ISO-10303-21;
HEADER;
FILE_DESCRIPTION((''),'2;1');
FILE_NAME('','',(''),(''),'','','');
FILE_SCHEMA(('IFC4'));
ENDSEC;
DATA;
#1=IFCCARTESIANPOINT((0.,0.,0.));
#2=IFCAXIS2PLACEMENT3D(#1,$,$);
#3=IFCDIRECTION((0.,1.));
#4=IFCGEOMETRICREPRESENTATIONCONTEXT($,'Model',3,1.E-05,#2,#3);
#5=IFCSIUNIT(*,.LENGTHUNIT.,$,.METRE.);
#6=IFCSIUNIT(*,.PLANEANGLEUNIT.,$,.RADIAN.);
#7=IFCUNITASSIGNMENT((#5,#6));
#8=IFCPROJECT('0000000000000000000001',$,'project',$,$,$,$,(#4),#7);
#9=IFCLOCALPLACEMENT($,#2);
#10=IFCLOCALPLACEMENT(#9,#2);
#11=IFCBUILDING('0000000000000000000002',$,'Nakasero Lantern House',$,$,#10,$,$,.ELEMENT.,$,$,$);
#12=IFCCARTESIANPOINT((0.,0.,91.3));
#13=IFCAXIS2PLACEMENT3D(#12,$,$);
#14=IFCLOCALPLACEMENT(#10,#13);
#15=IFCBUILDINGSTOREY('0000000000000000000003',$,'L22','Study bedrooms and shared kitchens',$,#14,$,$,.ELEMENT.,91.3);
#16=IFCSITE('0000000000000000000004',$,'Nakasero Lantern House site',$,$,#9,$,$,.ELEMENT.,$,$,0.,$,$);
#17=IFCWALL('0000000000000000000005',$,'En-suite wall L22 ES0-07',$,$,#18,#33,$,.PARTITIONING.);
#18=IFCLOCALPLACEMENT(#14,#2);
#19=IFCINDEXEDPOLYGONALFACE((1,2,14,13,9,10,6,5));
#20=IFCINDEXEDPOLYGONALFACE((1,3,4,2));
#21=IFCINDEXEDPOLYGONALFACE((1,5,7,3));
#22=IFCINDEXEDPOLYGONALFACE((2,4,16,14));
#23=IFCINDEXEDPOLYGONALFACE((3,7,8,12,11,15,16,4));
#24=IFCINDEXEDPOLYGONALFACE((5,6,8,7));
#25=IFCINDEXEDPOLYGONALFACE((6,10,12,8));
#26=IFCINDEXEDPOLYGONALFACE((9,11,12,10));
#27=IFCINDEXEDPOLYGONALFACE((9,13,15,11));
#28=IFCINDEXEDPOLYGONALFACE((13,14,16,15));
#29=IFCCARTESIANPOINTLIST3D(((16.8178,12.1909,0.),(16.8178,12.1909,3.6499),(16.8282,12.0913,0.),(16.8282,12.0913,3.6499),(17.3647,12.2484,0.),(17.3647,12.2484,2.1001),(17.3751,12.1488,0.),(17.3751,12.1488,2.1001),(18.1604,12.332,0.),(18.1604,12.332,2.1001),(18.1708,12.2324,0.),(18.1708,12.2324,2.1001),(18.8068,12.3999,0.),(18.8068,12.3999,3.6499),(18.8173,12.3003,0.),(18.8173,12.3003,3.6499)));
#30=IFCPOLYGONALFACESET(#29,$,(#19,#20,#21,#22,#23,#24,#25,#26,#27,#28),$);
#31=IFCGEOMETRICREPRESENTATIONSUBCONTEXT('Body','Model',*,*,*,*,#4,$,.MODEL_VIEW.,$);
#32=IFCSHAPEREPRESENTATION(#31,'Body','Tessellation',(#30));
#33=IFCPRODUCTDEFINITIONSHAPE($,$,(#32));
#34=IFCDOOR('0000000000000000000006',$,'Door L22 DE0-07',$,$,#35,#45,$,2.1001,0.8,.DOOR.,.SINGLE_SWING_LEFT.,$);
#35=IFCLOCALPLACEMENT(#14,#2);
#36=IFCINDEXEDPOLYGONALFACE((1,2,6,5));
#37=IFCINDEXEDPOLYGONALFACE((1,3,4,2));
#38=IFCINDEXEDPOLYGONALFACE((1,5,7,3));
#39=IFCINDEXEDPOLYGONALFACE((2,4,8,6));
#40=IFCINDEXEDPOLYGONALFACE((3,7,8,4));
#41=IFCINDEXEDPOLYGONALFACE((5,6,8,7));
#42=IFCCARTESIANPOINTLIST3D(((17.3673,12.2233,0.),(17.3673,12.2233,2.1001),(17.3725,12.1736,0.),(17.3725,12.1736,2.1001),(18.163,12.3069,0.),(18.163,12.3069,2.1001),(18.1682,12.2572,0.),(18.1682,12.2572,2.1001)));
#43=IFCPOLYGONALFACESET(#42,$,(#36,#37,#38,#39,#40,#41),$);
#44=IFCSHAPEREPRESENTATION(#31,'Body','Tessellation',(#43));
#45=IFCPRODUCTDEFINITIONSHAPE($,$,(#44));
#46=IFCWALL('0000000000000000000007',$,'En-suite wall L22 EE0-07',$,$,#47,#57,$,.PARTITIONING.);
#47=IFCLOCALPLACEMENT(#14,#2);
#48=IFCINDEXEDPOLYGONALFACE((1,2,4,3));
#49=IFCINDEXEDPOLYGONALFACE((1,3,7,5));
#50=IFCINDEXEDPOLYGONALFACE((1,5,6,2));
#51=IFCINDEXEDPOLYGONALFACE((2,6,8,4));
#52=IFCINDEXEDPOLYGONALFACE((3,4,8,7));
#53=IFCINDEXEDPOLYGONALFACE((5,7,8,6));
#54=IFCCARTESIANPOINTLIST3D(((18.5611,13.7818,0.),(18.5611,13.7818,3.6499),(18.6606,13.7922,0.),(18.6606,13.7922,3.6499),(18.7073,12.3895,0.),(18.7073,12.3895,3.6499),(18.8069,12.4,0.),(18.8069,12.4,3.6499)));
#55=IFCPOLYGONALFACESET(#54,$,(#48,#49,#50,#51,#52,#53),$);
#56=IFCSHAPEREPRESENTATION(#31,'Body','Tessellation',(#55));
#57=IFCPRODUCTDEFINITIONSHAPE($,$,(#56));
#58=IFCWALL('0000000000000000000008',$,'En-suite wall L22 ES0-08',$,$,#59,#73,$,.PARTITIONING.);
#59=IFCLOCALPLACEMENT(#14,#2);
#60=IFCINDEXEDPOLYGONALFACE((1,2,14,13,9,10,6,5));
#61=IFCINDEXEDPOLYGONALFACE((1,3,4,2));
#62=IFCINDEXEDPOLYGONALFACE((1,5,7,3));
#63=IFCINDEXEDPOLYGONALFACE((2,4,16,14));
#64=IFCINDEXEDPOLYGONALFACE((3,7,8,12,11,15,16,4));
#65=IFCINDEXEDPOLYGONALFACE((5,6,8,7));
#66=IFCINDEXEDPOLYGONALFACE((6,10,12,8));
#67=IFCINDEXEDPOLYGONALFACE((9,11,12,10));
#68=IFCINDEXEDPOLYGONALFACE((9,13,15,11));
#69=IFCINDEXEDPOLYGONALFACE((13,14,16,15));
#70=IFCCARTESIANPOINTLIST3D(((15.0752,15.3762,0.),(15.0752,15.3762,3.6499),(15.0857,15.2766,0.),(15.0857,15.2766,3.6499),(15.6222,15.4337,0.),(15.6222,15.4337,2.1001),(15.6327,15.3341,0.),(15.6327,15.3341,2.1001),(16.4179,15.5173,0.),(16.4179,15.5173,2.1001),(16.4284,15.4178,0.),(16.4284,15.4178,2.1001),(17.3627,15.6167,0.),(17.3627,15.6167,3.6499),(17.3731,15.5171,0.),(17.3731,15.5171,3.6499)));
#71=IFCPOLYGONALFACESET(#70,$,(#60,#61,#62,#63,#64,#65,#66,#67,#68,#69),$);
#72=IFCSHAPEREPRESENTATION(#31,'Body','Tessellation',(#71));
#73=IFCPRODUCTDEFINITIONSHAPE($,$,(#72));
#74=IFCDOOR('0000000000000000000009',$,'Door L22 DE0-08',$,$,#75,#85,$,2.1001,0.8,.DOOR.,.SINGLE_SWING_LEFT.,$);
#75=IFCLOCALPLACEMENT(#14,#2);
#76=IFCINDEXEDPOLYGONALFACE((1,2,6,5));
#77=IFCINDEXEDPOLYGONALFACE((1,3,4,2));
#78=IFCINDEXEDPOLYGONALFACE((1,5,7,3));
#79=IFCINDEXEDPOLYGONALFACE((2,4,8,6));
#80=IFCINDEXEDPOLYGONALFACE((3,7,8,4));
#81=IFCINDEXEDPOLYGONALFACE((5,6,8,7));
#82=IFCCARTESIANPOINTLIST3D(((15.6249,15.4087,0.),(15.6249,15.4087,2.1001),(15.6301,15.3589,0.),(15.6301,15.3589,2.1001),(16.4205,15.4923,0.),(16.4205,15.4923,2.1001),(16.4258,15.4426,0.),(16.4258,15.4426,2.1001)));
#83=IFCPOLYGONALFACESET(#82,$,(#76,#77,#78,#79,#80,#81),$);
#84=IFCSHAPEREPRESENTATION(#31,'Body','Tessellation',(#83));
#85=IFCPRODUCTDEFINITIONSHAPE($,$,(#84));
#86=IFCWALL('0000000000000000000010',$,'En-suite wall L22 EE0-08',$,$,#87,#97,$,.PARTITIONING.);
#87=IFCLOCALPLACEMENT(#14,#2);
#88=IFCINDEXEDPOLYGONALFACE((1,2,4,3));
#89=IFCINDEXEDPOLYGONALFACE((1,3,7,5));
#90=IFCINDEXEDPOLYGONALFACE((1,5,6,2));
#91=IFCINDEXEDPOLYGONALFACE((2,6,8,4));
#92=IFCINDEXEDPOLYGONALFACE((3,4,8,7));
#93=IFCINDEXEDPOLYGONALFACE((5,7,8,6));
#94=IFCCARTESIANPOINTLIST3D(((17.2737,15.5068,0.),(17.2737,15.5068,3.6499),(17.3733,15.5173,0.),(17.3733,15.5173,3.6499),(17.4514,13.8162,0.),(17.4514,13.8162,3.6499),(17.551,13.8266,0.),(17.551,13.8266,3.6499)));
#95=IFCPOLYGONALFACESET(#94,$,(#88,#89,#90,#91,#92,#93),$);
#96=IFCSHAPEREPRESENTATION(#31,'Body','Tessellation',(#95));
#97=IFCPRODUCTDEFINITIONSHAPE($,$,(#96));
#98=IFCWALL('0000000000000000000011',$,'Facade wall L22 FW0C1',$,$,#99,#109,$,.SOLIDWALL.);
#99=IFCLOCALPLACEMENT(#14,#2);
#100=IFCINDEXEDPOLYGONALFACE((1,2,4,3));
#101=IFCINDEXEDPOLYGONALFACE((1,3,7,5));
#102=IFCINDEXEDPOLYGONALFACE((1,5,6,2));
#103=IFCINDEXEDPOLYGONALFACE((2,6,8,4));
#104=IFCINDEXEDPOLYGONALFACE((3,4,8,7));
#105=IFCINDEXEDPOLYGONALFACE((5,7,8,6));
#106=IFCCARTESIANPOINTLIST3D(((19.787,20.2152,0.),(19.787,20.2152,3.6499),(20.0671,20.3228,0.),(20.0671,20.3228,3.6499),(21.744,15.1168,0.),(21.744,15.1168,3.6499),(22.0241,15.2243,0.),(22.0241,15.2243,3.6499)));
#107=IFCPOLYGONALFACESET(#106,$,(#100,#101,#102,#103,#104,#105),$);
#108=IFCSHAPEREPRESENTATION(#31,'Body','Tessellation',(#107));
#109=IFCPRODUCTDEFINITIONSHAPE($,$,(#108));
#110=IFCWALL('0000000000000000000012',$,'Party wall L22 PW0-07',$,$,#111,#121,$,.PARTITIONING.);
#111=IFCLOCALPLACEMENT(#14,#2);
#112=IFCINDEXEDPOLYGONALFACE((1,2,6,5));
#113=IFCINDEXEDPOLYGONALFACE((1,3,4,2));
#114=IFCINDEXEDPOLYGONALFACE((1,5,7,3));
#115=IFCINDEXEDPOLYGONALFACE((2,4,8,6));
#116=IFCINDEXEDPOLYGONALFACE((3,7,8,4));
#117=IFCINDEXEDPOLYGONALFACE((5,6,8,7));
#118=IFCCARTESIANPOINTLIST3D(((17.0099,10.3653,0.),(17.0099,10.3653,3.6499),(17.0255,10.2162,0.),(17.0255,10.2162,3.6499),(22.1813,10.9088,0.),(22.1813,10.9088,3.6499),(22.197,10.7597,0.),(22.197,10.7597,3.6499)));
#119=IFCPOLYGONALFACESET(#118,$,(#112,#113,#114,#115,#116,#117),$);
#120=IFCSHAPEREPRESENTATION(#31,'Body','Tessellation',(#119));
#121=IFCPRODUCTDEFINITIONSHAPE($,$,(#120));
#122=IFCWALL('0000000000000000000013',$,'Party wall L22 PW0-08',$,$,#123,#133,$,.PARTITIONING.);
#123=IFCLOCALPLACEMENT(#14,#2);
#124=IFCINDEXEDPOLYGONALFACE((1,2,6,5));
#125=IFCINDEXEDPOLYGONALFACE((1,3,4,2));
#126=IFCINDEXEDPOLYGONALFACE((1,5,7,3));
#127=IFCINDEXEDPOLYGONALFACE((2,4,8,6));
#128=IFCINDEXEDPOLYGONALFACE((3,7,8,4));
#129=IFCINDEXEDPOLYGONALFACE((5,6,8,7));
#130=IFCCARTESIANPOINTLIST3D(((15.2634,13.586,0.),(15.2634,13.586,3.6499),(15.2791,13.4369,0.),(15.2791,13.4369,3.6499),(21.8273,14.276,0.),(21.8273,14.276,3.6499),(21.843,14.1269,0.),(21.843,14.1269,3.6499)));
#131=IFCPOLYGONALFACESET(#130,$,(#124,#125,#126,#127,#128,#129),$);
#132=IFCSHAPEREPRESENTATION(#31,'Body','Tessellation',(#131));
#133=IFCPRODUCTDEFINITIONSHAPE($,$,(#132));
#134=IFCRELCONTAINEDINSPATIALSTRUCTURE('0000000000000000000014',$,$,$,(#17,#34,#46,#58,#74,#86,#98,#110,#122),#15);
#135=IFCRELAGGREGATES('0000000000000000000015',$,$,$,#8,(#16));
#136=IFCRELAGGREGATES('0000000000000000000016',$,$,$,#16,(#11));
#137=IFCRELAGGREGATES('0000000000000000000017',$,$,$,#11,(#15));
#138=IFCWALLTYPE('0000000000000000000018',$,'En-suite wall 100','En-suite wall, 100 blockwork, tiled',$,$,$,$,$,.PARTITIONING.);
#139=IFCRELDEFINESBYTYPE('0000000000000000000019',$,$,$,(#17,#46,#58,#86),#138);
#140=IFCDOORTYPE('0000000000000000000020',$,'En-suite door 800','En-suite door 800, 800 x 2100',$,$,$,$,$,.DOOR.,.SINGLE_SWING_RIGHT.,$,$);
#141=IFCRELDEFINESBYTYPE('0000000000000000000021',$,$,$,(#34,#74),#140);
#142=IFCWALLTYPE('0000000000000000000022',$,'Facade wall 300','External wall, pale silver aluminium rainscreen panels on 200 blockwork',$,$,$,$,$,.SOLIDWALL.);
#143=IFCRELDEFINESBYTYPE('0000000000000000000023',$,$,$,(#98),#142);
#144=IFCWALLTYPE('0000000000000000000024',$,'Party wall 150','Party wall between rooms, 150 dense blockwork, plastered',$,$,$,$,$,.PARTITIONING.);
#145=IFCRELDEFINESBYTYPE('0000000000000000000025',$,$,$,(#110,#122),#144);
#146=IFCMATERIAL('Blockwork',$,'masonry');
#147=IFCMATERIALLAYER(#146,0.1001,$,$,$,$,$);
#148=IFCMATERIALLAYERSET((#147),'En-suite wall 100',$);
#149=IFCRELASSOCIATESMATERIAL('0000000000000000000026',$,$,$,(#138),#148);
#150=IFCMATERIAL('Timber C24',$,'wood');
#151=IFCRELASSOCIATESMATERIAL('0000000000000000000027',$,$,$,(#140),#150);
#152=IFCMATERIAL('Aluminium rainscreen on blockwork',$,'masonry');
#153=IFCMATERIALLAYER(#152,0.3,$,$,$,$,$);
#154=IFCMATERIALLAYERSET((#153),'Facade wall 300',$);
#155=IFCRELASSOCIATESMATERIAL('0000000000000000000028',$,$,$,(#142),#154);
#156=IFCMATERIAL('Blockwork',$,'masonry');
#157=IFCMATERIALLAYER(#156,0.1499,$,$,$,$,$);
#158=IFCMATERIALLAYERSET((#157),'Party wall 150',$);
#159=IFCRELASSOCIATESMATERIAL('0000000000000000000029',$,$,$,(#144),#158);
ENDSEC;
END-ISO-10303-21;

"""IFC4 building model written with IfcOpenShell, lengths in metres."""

from ifc_helpers import new_model, si_unit, direction, frame, frame_2d, origin, place, context, subcontext, project, spatial, rectangle, extrude, material, layer, layer_set, type_object, element, fill, save


model = new_model("IFC4")

# Units and contexts
model_context = context("Model", 3, precision=1e-05, world=origin(), true_north=direction((0.0, 1.0)))
body_context = subcontext(model_context, "Body", "Model", "MODEL_VIEW")
ifc_project = project(units=[si_unit("LENGTHUNIT", "METRE"), si_unit("PLANEANGLEUNIT", "RADIAN")], contexts=[model_context])

# Site, building, storey
site_placement = place(None, origin())
site = spatial("IfcSite", under=ifc_project, at=site_placement, Name="Nakasero Lantern House site", CompositionType="ELEMENT", RefElevation=0.0)
building_placement = place(site_placement, origin())
building = spatial("IfcBuilding", under=site, at=building_placement, Name="Nakasero Lantern House", CompositionType="ELEMENT")
storey_placement = place(building_placement, frame((0.0, 0.0, 91.3)))
storey = spatial("IfcBuildingStorey", under=building, at=storey_placement, Name="L22", Description="Study bedrooms and shared kitchens", CompositionType="ELEMENT", Elevation=91.3)

# Wall, opening, door
ifc_material_1 = material(Name="Blockwork", Category="masonry")
ifc_layer_1 = layer(ifc_material_1, 0.1001)
ifc_layer_set_1 = layer_set([ifc_layer_1], Name="En-suite wall 100")
wall_type_1 = type_object("IfcWallType", Name="En-suite wall 100", Description="En-suite wall, 100 blockwork, tiled", PredefinedType="PARTITIONING", material=ifc_layer_set_1)
wall_1_placement = place(storey_placement, frame((16.823, 12.1411, 0.0), z_axis=(0.0, 0.0, 1.0), x_axis=(0.994526, 0.104494, 0.0)))
wall_1 = element("IfcWall", 1, at=wall_1_placement, inside=storey, type_object=wall_type_1, Name="En-suite wall L22 ES0-07", PredefinedType="PARTITIONING", context=body_context, shape_type="SweptSolid", body=[
    extrude(rectangle(XDim=2.0, YDim=0.1001, at=frame_2d((1.0, 0.0))), origin(), (0.0, 0.0, 1.0), 3.6499),
])
opening_1_placement = place(wall_1_placement, frame((0.55, 0.0, 0.0)))
opening_1 = element("IfcOpeningElement", 2, at=opening_1_placement, cuts=wall_1, PredefinedType="OPENING", context=body_context, shape_type="SweptSolid", body=[
    extrude(rectangle(XDim=0.8, YDim=2.1001, at=frame_2d((0.3999, 1.05))), frame((0.0, 0.0701, 0.0), z_axis=(0.0, -1.0, 0.0), x_axis=(1.0, 0.0, 0.0)), (0.0, 0.0, 1.0), 0.1401),
])
ifc_material_2 = material(Name="Timber C24", Category="wood")
door_type = type_object("IfcDoorType", Name="En-suite door 800", Description="En-suite door 800, 800 x 2100", OperationType="SINGLE_SWING_RIGHT", PredefinedType="DOOR", material=ifc_material_2)
door_1_placement = place(opening_1_placement, origin())
door_1 = element("IfcDoor", 3, at=door_1_placement, inside=storey, type_object=door_type, Name="Door L22 DE0-07", OperationType="SINGLE_SWING_LEFT", OverallHeight=2.1001, OverallWidth=0.8, PredefinedType="DOOR", context=body_context, shape_type="SweptSolid", body=[
    extrude(rectangle(XDim=0.8, YDim=2.1001, at=frame_2d((0.3999, 1.05))), frame((0.0, 0.0249, 0.0), z_axis=(0.0, -1.0, 0.0), x_axis=(1.0, 0.0, 0.0)), (0.0, 0.0, 1.0), 0.05),
])
fill(opening_1, door_1)

# Wall
wall_2_placement = place(storey_placement, frame((18.7571, 12.3948, 0.0), z_axis=(0.0, 0.0, 1.0), x_axis=(-0.104458, 0.994529, 0.0)))
element("IfcWall", 4, at=wall_2_placement, inside=storey, type_object=wall_type_1, Name="En-suite wall L22 EE0-07", PredefinedType="PARTITIONING", context=body_context, shape_type="SweptSolid", body=[
    extrude(rectangle(XDim=1.3999, YDim=0.1001, at=frame_2d((0.7, 0.0))), origin(), (0.0, 0.0, 1.0), 3.6499),
])

# Wall, opening, door
wall_3_placement = place(storey_placement, frame((15.0806, 15.3264, 0.0), z_axis=(0.0, 0.0, 1.0), x_axis=(0.994519, 0.104558, 0.0)))
wall_3 = element("IfcWall", 5, at=wall_3_placement, inside=storey, type_object=wall_type_1, Name="En-suite wall L22 ES0-08", PredefinedType="PARTITIONING", context=body_context, shape_type="SweptSolid", body=[
    extrude(rectangle(XDim=2.3, YDim=0.1001, at=frame_2d((1.1499, 0.0))), origin(), (0.0, 0.0, 1.0), 3.6499),
])
opening_2_placement = place(wall_3_placement, frame((0.55, 0.0, 0.0)))
opening_2 = element("IfcOpeningElement", 6, at=opening_2_placement, cuts=wall_3, PredefinedType="OPENING", context=body_context, shape_type="SweptSolid", body=[
    extrude(rectangle(XDim=0.8, YDim=2.1001, at=frame_2d((0.3999, 1.05))), frame((0.0, 0.0701, 0.0), z_axis=(0.0, -1.0, 0.0), x_axis=(1.0, 0.0, 0.0)), (0.0, 0.0, 1.0), 0.1401),
])
door_2_placement = place(opening_2_placement, origin())
door_2 = element("IfcDoor", 7, at=door_2_placement, inside=storey, type_object=door_type, Name="Door L22 DE0-08", OperationType="SINGLE_SWING_LEFT", OverallHeight=2.1001, OverallWidth=0.8, PredefinedType="DOOR", context=body_context, shape_type="SweptSolid", body=[
    extrude(rectangle(XDim=0.8, YDim=2.1001, at=frame_2d((0.3999, 1.05))), frame((0.0, 0.0249, 0.0), z_axis=(0.0, -1.0, 0.0), x_axis=(1.0, 0.0, 0.0)), (0.0, 0.0, 1.0), 0.05),
])
fill(opening_2, door_2)

# Walls
wall_4_placement = place(storey_placement, frame((17.5012, 13.8213, 0.0), z_axis=(0.0, 0.0, 1.0), x_axis=(-0.10455, 0.99452, 0.0)))
element("IfcWall", 8, at=wall_4_placement, inside=storey, type_object=wall_type_1, Name="En-suite wall L22 EE0-08", PredefinedType="PARTITIONING", context=body_context, shape_type="SweptSolid", body=[
    extrude(rectangle(XDim=1.7, YDim=0.1001, at=frame_2d((0.8501, 0.0))), origin(), (0.0, 0.0, 1.0), 3.6499),
])
ifc_material_3 = material(Name="Aluminium rainscreen on blockwork", Category="masonry")
ifc_layer_2 = layer(ifc_material_3, 0.3)
ifc_layer_set_2 = layer_set([ifc_layer_2], Name="Facade wall 300")
wall_type_2 = type_object("IfcWallType", Name="Facade wall 300", Description="External wall, pale silver aluminium rainscreen panels on 200 blockwork", PredefinedType="SOLIDWALL", material=ifc_layer_set_2)
wall_5_placement = place(storey_placement, frame((21.884, 15.1707, 0.0), z_axis=(0.0, 0.0, 1.0), x_axis=(-0.358359, 0.933584, 0.0)))
element("IfcWall", 9, at=wall_5_placement, inside=storey, type_object=wall_type_2, Name="Facade wall L22 FW0C1", PredefinedType="SOLIDWALL", context=body_context, shape_type="SweptSolid", body=[
    extrude(rectangle(XDim=5.4612, YDim=0.3, at=frame_2d((2.7305, 0.0))), origin(), (0.0, 0.0, 1.0), 3.6499),
])
ifc_material_4 = material(Name="Blockwork", Category="masonry")
ifc_layer_3 = layer(ifc_material_4, 0.1499)
ifc_layer_set_3 = layer_set([ifc_layer_3], Name="Party wall 150")
wall_type_3 = type_object("IfcWallType", Name="Party wall 150", Description="Party wall between rooms, 150 dense blockwork, plastered", PredefinedType="PARTITIONING", material=ifc_layer_set_3)
wall_6_placement = place(storey_placement, frame((17.0176, 10.2908, 0.0), z_axis=(0.0, 0.0, 1.0), x_axis=(0.994523, 0.104514, 0.0)))
element("IfcWall", 10, at=wall_6_placement, inside=storey, type_object=wall_type_3, Name="Party wall L22 PW0-07", PredefinedType="PARTITIONING", context=body_context, shape_type="SweptSolid", body=[
    extrude(rectangle(XDim=5.2, YDim=0.1499, at=frame_2d((2.6001, 0.0))), origin(), (0.0, 0.0, 1.0), 3.6499),
])
wall_7_placement = place(storey_placement, frame((15.2712, 13.5115, 0.0), z_axis=(0.0, 0.0, 1.0), x_axis=(0.994521, 0.104535, 0.0)))
element("IfcWall", 11, at=wall_7_placement, inside=storey, type_object=wall_type_3, Name="Party wall L22 PW0-08", PredefinedType="PARTITIONING", context=body_context, shape_type="SweptSolid", body=[
    extrude(rectangle(XDim=6.6001, YDim=0.1499, at=frame_2d((3.3, 0.0))), origin(), (0.0, 0.0, 1.0), 3.6499),
])

save(model, "model.ifc")
